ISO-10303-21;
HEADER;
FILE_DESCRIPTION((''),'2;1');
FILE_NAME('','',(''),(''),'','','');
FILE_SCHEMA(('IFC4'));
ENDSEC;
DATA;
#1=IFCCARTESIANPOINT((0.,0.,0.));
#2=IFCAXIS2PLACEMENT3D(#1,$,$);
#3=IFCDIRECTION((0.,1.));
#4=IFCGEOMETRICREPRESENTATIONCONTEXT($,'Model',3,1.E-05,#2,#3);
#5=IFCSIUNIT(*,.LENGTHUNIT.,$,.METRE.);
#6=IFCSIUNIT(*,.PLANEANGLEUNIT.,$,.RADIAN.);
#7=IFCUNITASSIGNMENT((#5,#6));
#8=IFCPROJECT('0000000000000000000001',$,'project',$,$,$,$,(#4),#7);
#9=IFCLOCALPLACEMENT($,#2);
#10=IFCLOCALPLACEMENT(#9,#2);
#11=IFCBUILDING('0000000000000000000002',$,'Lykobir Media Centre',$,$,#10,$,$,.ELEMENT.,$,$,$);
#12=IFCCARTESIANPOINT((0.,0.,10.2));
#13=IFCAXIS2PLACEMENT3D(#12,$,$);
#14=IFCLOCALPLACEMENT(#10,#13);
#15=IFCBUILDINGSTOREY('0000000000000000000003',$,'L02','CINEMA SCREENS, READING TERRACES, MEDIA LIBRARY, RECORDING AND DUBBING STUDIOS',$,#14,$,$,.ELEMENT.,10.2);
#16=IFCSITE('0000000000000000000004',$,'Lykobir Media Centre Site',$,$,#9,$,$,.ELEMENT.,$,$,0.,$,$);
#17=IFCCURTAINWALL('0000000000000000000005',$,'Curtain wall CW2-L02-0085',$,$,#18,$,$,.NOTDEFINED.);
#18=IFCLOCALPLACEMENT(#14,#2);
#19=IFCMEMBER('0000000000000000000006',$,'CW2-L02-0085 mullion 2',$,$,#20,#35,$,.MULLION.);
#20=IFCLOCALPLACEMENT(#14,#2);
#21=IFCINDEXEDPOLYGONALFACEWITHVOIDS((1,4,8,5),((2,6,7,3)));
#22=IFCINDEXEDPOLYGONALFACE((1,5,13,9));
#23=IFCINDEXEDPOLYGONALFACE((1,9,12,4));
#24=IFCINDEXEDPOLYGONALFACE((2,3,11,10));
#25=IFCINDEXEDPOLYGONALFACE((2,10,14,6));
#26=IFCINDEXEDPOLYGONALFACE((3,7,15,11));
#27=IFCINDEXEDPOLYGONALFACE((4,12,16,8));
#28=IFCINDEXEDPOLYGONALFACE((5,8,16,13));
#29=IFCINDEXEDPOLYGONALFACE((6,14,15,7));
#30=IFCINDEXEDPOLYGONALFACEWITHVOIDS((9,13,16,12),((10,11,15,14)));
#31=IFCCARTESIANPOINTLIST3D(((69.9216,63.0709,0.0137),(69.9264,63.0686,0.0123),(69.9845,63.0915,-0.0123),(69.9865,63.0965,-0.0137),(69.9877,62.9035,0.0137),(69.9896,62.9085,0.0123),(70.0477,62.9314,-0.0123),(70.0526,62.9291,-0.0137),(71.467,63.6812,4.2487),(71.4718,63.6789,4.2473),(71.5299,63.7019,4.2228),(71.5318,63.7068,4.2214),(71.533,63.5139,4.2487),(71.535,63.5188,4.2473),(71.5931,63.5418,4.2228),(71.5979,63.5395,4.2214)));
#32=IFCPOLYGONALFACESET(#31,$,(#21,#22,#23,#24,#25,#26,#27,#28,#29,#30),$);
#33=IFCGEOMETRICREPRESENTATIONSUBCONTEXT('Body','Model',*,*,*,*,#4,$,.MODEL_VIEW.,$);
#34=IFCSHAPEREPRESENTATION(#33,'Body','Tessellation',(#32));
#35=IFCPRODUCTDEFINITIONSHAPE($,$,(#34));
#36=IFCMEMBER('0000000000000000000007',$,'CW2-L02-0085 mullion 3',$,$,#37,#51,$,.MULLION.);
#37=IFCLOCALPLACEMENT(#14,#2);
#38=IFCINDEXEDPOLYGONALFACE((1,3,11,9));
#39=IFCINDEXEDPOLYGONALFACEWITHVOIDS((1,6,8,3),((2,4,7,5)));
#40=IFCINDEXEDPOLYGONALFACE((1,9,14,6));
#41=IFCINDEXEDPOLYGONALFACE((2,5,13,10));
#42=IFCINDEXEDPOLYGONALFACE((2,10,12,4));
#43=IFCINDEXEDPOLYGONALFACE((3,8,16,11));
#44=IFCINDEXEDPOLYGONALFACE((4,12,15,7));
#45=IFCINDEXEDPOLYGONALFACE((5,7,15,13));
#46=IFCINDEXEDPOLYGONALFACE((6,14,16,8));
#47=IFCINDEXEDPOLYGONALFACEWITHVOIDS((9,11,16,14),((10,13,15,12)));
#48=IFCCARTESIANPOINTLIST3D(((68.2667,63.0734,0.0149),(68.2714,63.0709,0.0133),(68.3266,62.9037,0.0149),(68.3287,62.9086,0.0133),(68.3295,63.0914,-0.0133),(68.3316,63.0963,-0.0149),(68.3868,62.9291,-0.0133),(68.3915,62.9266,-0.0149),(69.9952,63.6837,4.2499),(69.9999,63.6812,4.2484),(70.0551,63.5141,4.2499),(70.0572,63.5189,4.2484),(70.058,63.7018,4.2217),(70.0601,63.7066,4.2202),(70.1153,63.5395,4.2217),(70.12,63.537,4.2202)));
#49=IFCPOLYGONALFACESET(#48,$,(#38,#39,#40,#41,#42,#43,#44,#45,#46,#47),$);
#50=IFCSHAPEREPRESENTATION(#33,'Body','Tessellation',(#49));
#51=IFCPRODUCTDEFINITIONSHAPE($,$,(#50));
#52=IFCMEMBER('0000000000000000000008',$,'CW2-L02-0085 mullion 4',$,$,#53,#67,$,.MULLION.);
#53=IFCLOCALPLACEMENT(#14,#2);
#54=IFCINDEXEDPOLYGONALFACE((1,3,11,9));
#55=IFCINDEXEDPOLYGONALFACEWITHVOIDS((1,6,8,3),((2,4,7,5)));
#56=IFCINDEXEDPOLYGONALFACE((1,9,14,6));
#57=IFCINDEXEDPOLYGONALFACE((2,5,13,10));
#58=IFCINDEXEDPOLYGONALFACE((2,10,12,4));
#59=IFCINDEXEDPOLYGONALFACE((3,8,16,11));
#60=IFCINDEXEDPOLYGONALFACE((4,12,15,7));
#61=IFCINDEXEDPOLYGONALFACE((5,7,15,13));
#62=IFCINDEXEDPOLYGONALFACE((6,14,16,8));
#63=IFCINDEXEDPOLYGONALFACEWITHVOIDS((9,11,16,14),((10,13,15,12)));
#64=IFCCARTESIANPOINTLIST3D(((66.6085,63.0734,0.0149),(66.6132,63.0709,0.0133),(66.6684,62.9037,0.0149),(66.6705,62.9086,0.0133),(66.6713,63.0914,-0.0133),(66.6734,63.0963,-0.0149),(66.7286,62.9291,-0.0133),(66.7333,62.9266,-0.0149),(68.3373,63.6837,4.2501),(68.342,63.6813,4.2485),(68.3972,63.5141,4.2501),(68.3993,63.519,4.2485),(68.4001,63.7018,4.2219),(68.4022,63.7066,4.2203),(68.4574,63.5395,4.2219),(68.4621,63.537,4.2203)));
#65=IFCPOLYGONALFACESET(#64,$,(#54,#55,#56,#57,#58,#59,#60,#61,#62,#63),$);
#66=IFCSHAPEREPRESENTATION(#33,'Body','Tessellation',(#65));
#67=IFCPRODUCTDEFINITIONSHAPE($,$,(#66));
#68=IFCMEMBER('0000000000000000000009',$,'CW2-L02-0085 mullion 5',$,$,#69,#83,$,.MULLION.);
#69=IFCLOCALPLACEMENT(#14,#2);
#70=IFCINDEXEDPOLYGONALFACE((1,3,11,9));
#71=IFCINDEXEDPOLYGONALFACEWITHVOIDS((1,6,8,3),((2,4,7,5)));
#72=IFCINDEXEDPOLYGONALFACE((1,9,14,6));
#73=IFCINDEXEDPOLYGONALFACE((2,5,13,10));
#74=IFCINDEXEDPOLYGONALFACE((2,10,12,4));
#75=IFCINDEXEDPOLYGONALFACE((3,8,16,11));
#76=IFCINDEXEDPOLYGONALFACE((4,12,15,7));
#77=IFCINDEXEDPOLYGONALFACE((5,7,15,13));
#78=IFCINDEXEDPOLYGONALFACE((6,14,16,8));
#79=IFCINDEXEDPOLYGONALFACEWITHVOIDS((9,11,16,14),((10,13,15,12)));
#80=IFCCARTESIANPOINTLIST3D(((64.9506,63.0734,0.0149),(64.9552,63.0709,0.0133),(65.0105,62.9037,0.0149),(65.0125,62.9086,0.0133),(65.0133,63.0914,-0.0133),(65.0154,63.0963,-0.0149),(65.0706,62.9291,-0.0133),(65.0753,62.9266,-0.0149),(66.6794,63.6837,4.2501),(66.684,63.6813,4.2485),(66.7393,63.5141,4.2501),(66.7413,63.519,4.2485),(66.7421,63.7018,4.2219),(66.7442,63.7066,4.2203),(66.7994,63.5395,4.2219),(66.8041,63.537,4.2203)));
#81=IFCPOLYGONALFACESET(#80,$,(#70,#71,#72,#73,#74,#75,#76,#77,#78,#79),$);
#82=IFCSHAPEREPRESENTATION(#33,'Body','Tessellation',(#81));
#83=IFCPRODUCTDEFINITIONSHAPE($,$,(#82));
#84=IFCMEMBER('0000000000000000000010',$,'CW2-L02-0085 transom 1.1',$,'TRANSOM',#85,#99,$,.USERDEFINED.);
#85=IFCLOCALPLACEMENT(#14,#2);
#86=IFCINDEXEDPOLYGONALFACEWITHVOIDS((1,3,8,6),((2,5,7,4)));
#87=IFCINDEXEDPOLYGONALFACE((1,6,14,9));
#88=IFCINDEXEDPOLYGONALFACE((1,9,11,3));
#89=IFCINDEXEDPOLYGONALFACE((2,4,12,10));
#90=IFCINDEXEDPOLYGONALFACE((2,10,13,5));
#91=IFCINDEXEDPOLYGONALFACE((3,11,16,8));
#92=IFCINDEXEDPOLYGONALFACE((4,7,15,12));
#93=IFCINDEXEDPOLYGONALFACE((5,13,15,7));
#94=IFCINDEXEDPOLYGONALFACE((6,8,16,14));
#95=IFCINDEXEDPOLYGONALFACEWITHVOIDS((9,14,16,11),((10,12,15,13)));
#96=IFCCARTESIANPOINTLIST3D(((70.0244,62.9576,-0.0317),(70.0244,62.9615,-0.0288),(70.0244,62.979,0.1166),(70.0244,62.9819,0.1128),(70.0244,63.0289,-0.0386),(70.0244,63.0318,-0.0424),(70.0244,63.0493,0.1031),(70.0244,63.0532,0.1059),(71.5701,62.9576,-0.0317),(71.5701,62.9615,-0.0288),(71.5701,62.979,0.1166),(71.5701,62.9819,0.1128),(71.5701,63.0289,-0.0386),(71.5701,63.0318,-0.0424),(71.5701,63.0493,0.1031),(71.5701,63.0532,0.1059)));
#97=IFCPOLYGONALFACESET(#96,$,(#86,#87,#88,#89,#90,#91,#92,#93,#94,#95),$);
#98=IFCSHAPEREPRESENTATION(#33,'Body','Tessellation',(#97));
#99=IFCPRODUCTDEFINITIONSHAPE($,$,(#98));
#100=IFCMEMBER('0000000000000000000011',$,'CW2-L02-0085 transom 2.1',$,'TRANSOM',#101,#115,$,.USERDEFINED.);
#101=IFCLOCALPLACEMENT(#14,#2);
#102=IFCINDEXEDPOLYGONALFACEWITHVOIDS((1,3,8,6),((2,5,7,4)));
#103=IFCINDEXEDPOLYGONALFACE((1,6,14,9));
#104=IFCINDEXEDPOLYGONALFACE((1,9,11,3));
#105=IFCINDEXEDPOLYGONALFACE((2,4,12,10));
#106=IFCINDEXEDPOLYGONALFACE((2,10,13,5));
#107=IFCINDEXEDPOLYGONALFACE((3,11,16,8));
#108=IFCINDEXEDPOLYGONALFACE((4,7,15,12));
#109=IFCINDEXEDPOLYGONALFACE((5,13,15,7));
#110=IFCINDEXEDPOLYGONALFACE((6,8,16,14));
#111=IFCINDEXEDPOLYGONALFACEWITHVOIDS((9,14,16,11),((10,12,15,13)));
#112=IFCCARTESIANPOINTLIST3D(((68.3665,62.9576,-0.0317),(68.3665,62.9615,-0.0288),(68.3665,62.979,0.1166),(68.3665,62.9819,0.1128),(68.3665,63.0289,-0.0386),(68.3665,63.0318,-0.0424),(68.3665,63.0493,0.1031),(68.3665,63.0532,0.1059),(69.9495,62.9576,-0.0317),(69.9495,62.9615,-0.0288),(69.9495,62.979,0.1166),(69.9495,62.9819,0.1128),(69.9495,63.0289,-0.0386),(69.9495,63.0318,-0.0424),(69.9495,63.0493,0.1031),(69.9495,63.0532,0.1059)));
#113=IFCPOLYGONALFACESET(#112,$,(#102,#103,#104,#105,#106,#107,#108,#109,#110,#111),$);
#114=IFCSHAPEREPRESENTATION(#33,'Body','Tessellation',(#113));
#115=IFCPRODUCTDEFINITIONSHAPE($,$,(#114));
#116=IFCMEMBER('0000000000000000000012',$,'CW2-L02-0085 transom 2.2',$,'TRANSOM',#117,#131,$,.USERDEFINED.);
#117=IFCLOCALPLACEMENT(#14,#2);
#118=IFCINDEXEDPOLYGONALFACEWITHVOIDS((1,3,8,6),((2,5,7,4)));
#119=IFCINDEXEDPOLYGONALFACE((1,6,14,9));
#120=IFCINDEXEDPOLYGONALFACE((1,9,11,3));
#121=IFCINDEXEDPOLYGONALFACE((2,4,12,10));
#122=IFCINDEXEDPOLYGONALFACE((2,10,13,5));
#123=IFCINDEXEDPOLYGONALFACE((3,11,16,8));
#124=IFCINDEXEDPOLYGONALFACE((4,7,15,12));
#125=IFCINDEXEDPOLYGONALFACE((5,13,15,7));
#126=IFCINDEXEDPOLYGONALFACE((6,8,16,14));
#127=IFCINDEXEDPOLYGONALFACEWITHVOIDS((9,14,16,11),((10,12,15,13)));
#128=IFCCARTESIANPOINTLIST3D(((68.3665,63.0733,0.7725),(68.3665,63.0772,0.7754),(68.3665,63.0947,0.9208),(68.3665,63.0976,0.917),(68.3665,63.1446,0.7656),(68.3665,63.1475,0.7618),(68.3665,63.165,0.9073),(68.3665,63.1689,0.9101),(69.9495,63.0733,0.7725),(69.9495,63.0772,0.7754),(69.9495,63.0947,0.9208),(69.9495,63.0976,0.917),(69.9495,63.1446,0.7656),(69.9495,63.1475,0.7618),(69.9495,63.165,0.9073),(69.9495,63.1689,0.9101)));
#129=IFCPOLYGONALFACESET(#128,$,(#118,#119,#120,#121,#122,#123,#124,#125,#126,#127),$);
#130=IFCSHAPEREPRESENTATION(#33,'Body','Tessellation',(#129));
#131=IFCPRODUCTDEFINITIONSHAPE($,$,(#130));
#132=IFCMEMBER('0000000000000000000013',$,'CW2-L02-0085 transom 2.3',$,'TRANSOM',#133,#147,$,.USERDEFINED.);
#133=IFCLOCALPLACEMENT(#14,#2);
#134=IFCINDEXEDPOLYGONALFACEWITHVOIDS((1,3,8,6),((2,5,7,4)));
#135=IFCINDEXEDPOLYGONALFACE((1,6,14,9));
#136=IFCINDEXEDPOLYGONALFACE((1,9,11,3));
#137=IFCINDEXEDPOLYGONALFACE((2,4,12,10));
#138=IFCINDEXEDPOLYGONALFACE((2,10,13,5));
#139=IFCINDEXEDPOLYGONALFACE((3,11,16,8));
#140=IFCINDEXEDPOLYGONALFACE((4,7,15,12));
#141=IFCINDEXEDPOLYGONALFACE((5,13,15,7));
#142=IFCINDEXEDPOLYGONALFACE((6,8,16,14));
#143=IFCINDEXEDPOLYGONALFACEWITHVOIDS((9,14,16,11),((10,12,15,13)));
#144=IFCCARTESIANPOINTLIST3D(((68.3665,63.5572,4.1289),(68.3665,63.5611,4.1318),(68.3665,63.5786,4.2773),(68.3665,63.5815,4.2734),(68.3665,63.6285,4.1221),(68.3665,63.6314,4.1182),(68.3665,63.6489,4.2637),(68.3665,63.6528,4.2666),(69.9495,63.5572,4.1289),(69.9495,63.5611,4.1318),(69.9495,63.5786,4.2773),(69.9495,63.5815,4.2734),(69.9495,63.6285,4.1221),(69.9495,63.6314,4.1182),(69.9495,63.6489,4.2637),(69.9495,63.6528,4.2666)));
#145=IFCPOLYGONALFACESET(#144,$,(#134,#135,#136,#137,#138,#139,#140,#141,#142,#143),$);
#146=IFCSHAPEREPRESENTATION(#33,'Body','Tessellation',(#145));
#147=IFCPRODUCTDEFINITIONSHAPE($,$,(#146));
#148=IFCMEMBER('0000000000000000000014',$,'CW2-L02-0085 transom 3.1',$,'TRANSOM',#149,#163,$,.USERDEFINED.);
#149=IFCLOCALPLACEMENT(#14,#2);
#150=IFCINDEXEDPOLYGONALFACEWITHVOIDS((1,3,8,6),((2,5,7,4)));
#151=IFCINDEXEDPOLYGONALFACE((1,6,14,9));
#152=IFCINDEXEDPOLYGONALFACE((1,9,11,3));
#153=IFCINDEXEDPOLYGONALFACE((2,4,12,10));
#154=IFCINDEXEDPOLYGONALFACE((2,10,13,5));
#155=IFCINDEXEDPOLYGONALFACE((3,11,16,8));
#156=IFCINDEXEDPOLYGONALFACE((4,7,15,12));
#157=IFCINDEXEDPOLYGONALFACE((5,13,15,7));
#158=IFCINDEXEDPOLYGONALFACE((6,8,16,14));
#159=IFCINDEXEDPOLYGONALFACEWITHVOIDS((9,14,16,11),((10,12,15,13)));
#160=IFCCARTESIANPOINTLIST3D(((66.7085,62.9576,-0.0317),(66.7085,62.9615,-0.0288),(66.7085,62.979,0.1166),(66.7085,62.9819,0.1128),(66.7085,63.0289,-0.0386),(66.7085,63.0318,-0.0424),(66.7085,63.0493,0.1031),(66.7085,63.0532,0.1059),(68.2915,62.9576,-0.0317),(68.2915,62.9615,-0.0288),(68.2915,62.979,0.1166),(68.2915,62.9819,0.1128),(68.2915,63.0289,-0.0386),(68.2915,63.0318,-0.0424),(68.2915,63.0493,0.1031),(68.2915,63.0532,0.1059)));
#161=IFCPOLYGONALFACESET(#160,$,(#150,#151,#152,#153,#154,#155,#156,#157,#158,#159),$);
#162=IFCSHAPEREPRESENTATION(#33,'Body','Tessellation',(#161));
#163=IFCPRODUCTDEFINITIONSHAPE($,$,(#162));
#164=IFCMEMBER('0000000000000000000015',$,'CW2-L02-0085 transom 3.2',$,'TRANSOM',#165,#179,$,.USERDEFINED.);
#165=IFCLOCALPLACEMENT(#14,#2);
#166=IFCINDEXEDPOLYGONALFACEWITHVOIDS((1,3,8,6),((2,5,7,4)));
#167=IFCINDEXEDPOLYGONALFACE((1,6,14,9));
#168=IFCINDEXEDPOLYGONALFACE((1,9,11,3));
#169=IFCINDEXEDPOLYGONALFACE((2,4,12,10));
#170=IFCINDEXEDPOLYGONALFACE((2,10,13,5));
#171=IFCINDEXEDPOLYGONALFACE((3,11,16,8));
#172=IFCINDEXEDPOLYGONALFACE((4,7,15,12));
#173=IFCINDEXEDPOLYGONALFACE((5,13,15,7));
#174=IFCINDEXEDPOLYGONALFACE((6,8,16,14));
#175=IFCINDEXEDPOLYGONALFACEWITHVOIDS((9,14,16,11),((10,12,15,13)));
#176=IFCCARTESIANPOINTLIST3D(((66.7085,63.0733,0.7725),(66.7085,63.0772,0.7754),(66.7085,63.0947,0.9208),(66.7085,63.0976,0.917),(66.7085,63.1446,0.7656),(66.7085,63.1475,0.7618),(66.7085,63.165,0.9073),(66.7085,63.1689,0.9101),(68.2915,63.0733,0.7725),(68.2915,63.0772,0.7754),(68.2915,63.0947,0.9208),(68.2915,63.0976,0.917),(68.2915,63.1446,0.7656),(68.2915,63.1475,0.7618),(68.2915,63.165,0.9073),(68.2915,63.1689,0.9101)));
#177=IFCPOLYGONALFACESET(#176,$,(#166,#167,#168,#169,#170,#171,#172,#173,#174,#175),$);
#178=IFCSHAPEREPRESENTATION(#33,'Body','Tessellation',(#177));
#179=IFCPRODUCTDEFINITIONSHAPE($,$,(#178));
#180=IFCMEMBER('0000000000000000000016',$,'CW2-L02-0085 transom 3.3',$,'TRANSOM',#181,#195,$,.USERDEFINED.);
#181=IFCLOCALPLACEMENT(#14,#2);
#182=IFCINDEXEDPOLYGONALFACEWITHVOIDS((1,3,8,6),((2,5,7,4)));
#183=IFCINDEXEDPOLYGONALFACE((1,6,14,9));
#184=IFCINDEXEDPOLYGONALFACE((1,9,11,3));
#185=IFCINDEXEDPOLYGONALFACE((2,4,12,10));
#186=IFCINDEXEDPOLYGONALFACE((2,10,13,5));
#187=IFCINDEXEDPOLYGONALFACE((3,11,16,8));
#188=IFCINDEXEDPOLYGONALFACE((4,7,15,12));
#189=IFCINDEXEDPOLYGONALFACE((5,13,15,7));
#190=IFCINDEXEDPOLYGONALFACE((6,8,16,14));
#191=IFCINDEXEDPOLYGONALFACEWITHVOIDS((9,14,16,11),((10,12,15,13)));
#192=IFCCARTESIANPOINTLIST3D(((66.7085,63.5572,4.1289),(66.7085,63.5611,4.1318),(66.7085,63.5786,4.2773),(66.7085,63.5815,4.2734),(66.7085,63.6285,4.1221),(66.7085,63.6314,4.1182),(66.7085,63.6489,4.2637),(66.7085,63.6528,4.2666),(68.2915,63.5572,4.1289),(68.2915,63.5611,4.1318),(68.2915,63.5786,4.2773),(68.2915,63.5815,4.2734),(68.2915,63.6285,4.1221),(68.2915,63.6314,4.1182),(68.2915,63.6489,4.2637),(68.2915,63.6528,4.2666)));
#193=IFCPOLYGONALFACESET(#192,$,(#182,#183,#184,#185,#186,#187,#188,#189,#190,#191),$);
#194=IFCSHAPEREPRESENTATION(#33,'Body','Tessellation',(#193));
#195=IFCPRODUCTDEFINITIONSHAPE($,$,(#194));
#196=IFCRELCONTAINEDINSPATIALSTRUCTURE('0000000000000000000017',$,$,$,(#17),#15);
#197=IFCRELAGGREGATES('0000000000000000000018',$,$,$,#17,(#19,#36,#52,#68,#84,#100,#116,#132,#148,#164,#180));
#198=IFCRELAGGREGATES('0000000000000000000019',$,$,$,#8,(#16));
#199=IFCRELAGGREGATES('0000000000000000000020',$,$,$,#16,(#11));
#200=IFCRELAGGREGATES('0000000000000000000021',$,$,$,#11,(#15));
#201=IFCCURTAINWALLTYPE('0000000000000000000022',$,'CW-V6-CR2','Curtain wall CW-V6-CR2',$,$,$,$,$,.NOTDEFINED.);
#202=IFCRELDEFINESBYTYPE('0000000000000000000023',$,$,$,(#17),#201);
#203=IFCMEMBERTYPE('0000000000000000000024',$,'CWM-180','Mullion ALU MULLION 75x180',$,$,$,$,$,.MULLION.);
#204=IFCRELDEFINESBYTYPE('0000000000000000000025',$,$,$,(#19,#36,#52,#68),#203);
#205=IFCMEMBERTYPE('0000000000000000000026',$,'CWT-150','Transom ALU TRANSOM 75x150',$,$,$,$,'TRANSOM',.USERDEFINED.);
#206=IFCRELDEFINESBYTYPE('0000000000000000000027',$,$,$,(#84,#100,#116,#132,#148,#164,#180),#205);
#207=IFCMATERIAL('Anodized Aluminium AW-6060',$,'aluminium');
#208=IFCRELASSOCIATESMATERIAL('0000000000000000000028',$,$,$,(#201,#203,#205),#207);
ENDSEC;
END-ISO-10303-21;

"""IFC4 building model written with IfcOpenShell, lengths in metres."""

from ifc_helpers import new_model, si_unit, direction, frame, origin, origin_2d, place, context, subcontext, project, spatial, hollow_rectangle, extrude, material, material_profile, profile_set, type_object, element, aggregate, save


model = new_model("IFC4")

# Units and contexts
model_context = context("Model", 3, precision=1e-05, world=origin(), true_north=direction((0.0, 1.0)))
body_context = subcontext(model_context, "Body", "Model", "MODEL_VIEW")
ifc_project = project(units=[si_unit("LENGTHUNIT", "METRE"), si_unit("PLANEANGLEUNIT", "RADIAN")], contexts=[model_context])

# Site, building, storey
site_placement = place(None, origin())
site = spatial("IfcSite", under=ifc_project, at=site_placement, Name="Lykobir Media Centre Site", CompositionType="ELEMENT", RefElevation=0.0)
building_placement = place(site_placement, origin())
building = spatial("IfcBuilding", under=site, at=building_placement, Name="Lykobir Media Centre", CompositionType="ELEMENT")
storey_placement = place(building_placement, frame((0.0, 0.0, 10.2)))
storey = spatial("IfcBuildingStorey", under=building, at=storey_placement, Name="L02", Description="CINEMA SCREENS, READING TERRACES, MEDIA LIBRARY, RECORDING AND DUBBING STUDIOS", CompositionType="ELEMENT", Elevation=10.2)

# Curtain wall, members
ifc_material_1 = material(Name="Anodized Aluminium AW-6060", Category="aluminium")
curtain_wall_type = type_object("IfcCurtainWallType", Name="CW-V6-CR2", Description="Curtain wall CW-V6-CR2", PredefinedType="NOTDEFINED", material=ifc_material_1)
curtain_wall_placement = place(storey_placement, origin())
curtain_wall = element("IfcCurtainWall", 1, at=curtain_wall_placement, inside=storey, type_object=curtain_wall_type, Name="Curtain wall CW2-L02-0085", PredefinedType="NOTDEFINED")
ifc_material_profile_1 = material_profile(ifc_material_1, hollow_rectangle(XDim=0.075, YDim=0.1799, WallThickness=0.0039, at=origin_2d()), Name="ALU MULLION 75x180")
ifc_profile_set_1 = profile_set([ifc_material_profile_1], Name="Anodized Aluminium AW-6060")
member_type_1 = type_object("IfcMemberType", Name="CWM-180", Description="Mullion ALU MULLION 75x180", PredefinedType="MULLION", material=ifc_profile_set_1)
member_1_placement = place(storey_placement, frame((69.9871, 63.0, 0.0), z_axis=(0.339696, 0.134161, 0.930917), x_axis=(0.865836, 0.341957, -0.36523)))
member_1 = element("IfcMember", 2, at=member_1_placement, type_object=member_type_1, Name="CW2-L02-0085 mullion 2", PredefinedType="MULLION", context=body_context, shape_type="SweptSolid", body=[
    extrude(hollow_rectangle(XDim=0.075, YDim=0.1799, WallThickness=0.0039, at=origin_2d()), origin(), (0.0, 0.0, 1.0), 4.5493),
])
member_2_placement = place(storey_placement, frame((68.3291, 63.0, 0.0), z_axis=(0.374559, 0.132259, 0.917722), x_axis=(0.865358, 0.305564, -0.397224)))
member_2 = element("IfcMember", 3, at=member_2_placement, type_object=member_type_1, Name="CW2-L02-0085 mullion 3", PredefinedType="MULLION", context=body_context, shape_type="SweptSolid", body=[
    extrude(hollow_rectangle(XDim=0.075, YDim=0.1799, WallThickness=0.0039, at=origin_2d()), origin(), (0.0, 0.0, 1.0), 4.6147),
])
member_3_placement = place(storey_placement, frame((66.6709, 63.0, 0.0), z_axis=(0.374604, 0.132257, 0.917704), x_axis=(0.865354, 0.30552, -0.397266)))
member_3 = element("IfcMember", 4, at=member_3_placement, type_object=member_type_1, Name="CW2-L02-0085 mullion 4", PredefinedType="MULLION", context=body_context, shape_type="SweptSolid", body=[
    extrude(hollow_rectangle(XDim=0.075, YDim=0.1799, WallThickness=0.0039, at=origin_2d()), origin(), (0.0, 0.0, 1.0), 4.615),
])
member_4_placement = place(storey_placement, frame((65.0129, 63.0, 0.0), z_axis=(0.374604, 0.132257, 0.917704), x_axis=(0.865354, 0.30552, -0.397266)))
member_4 = element("IfcMember", 5, at=member_4_placement, type_object=member_type_1, Name="CW2-L02-0085 mullion 5", PredefinedType="MULLION", context=body_context, shape_type="SweptSolid", body=[
    extrude(hollow_rectangle(XDim=0.075, YDim=0.1799, WallThickness=0.0039, at=origin_2d()), origin(), (0.0, 0.0, 1.0), 4.615),
])
ifc_material_profile_2 = material_profile(ifc_material_1, hollow_rectangle(XDim=0.075, YDim=0.1499, WallThickness=0.0034, at=origin_2d()), Name="ALU TRANSOM 75x150")
ifc_profile_set_2 = profile_set([ifc_material_profile_2], Name="Anodized Aluminium AW-6060")
member_type_2 = type_object("IfcMemberType", Name="CWT-150", Description="Transom ALU TRANSOM 75x150", ElementType="TRANSOM", PredefinedType="USERDEFINED", material=ifc_profile_set_2)
member_5_placement = place(storey_placement, frame((71.5701, 63.0054, 0.0371), z_axis=(-1.0, 0.0, 0.0), x_axis=(0.0, -0.989776, 0.142629)))
member_5 = element("IfcMember", 6, at=member_5_placement, type_object=member_type_2, Name="CW2-L02-0085 transom 1.1", ObjectType="TRANSOM", PredefinedType="USERDEFINED", context=body_context, shape_type="SweptSolid", body=[
    extrude(hollow_rectangle(XDim=0.075, YDim=0.1499, WallThickness=0.0034, at=origin_2d()), origin(), (0.0, 0.0, 1.0), 1.5457),
])
member_6_placement = place(storey_placement, frame((69.9495, 63.0054, 0.0371), z_axis=(-1.0, 0.0, 0.0), x_axis=(0.0, -0.989776, 0.142629)))
member_6 = element("IfcMember", 7, at=member_6_placement, type_object=member_type_2, Name="CW2-L02-0085 transom 2.1", ObjectType="TRANSOM", PredefinedType="USERDEFINED", context=body_context, shape_type="SweptSolid", body=[
    extrude(hollow_rectangle(XDim=0.075, YDim=0.1499, WallThickness=0.0034, at=origin_2d()), origin(), (0.0, 0.0, 1.0), 1.583),
])
member_7_placement = place(storey_placement, frame((69.9495, 63.1211, 0.8413), z_axis=(-1.0, 0.0, 0.0), x_axis=(0.0, -0.989776, 0.142629)))
member_7 = element("IfcMember", 8, at=member_7_placement, type_object=member_type_2, Name="CW2-L02-0085 transom 2.2", ObjectType="TRANSOM", PredefinedType="USERDEFINED", context=body_context, shape_type="SweptSolid", body=[
    extrude(hollow_rectangle(XDim=0.075, YDim=0.1499, WallThickness=0.0034, at=origin_2d()), origin(), (0.0, 0.0, 1.0), 1.583),
])
member_8_placement = place(storey_placement, frame((69.9495, 63.605, 4.1978), z_axis=(-1.0, 0.0, 0.0), x_axis=(0.0, -0.989776, 0.142629)))
member_8 = element("IfcMember", 9, at=member_8_placement, type_object=member_type_2, Name="CW2-L02-0085 transom 2.3", ObjectType="TRANSOM", PredefinedType="USERDEFINED", context=body_context, shape_type="SweptSolid", body=[
    extrude(hollow_rectangle(XDim=0.075, YDim=0.1499, WallThickness=0.0034, at=origin_2d()), origin(), (0.0, 0.0, 1.0), 1.583),
])
member_9_placement = place(storey_placement, frame((68.2915, 63.0054, 0.0371), z_axis=(-1.0, 0.0, 0.0), x_axis=(0.0, -0.989776, 0.142629)))
member_9 = element("IfcMember", 10, at=member_9_placement, type_object=member_type_2, Name="CW2-L02-0085 transom 3.1", ObjectType="TRANSOM", PredefinedType="USERDEFINED", context=body_context, shape_type="SweptSolid", body=[
    extrude(hollow_rectangle(XDim=0.075, YDim=0.1499, WallThickness=0.0034, at=origin_2d()), origin(), (0.0, 0.0, 1.0), 1.583),
])
member_10_placement = place(storey_placement, frame((68.2915, 63.1211, 0.8413), z_axis=(-1.0, 0.0, 0.0), x_axis=(0.0, -0.989776, 0.142629)))
member_10 = element("IfcMember", 11, at=member_10_placement, type_object=member_type_2, Name="CW2-L02-0085 transom 3.2", ObjectType="TRANSOM", PredefinedType="USERDEFINED", context=body_context, shape_type="SweptSolid", body=[
    extrude(hollow_rectangle(XDim=0.075, YDim=0.1499, WallThickness=0.0034, at=origin_2d()), origin(), (0.0, 0.0, 1.0), 1.583),
])
member_11_placement = place(storey_placement, frame((68.2915, 63.605, 4.1978), z_axis=(-1.0, 0.0, 0.0), x_axis=(0.0, -0.989776, 0.142629)))
member_11 = element("IfcMember", 12, at=member_11_placement, type_object=member_type_2, Name="CW2-L02-0085 transom 3.3", ObjectType="TRANSOM", PredefinedType="USERDEFINED", context=body_context, shape_type="SweptSolid", body=[
    extrude(hollow_rectangle(XDim=0.075, YDim=0.1499, WallThickness=0.0034, at=origin_2d()), origin(), (0.0, 0.0, 1.0), 1.583),
])
aggregate(curtain_wall, [member_1, member_2, member_3, member_4, member_5, member_6, member_7, member_8, member_9, member_10, member_11])

save(model, "model.ifc")
